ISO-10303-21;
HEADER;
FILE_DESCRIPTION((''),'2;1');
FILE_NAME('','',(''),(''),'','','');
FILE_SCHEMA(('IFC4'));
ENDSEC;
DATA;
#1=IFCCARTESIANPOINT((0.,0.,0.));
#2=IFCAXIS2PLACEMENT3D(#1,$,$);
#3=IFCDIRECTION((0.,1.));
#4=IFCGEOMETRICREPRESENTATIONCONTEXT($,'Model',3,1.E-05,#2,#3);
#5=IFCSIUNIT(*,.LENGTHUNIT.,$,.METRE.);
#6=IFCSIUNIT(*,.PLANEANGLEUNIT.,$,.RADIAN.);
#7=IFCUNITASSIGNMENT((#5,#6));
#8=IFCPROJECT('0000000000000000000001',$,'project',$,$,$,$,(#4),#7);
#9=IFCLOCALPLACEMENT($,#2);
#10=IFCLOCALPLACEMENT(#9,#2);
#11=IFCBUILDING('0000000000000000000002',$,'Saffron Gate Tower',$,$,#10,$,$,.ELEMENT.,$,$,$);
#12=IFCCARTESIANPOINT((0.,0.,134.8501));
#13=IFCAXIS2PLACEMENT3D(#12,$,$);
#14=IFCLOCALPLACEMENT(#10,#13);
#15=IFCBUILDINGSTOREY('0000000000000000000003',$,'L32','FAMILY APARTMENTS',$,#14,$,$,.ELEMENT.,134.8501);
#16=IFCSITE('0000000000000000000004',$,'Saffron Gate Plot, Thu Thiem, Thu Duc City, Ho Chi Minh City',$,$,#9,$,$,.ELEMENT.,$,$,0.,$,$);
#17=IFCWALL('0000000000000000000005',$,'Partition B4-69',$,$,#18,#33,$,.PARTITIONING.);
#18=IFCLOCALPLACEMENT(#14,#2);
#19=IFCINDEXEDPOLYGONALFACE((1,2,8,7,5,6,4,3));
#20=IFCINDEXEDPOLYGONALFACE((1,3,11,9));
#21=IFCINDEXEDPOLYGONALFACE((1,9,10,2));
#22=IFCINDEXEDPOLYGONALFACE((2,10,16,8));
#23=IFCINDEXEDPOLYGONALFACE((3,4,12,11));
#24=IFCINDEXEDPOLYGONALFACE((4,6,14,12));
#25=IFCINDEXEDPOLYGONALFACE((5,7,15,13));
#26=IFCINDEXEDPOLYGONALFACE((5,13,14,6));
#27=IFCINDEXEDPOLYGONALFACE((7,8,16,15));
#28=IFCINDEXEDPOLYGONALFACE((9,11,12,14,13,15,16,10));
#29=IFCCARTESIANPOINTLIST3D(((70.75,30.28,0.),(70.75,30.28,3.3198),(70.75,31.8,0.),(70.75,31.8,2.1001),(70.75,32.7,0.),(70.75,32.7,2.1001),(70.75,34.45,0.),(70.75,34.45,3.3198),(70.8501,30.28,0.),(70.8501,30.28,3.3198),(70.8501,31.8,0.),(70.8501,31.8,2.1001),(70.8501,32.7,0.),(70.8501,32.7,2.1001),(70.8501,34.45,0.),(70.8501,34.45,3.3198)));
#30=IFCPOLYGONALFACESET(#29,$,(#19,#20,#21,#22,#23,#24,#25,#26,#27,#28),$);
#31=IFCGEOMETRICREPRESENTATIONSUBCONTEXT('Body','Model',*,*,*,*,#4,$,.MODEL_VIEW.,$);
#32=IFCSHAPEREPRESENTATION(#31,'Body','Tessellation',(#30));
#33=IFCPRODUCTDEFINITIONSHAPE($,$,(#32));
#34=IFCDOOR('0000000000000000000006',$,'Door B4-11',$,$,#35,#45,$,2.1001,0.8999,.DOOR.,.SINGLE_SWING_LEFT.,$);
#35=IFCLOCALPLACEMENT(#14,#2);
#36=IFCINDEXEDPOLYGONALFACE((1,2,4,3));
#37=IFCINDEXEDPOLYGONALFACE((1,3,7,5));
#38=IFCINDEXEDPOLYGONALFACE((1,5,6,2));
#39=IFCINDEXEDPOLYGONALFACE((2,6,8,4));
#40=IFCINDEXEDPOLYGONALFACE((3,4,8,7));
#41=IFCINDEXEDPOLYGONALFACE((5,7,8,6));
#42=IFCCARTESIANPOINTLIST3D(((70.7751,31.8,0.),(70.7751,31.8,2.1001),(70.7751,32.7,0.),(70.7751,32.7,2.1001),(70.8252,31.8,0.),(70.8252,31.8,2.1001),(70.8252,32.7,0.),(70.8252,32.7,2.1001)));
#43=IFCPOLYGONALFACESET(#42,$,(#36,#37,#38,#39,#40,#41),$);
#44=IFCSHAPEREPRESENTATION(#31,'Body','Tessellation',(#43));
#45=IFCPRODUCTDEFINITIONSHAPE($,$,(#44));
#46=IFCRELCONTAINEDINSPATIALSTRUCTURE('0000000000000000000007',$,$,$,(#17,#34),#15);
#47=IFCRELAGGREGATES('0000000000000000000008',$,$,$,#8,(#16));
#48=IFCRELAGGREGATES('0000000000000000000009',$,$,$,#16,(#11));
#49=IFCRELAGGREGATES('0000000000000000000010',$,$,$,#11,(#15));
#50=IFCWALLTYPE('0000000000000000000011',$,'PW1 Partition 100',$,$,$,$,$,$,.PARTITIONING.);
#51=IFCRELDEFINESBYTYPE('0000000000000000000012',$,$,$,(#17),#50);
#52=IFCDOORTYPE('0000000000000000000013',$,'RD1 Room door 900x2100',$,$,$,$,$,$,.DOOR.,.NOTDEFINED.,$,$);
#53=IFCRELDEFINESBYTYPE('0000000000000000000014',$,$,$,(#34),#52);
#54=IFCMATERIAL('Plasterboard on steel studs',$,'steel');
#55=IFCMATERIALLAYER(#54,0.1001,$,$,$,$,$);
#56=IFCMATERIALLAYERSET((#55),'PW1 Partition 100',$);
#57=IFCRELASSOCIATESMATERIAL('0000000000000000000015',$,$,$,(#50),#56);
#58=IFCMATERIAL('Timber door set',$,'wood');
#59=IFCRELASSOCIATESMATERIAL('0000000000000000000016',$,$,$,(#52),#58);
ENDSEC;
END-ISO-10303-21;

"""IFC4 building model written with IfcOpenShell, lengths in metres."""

from ifc_helpers import new_model, si_unit, direction, frame, frame_2d, origin, place, context, subcontext, project, spatial, rectangle, extrude, material, layer, layer_set, type_object, element, fill, save


model = new_model("IFC4")

# Units and contexts
model_context = context("Model", 3, precision=1e-05, world=origin(), true_north=direction((0.0, 1.0)))
body_context = subcontext(model_context, "Body", "Model", "MODEL_VIEW")
ifc_project = project(units=[si_unit("LENGTHUNIT", "METRE"), si_unit("PLANEANGLEUNIT", "RADIAN")], contexts=[model_context])

# Site, building, storey
site_placement = place(None, origin())
site = spatial("IfcSite", under=ifc_project, at=site_placement, Name="Saffron Gate Plot, Thu Thiem, Thu Duc City, Ho Chi Minh City", CompositionType="ELEMENT", RefElevation=0.0)
building_placement = place(site_placement, origin())
building = spatial("IfcBuilding", under=site, at=building_placement, Name="Saffron Gate Tower", CompositionType="ELEMENT")
storey_placement = place(building_placement, frame((0.0, 0.0, 134.8501)))
storey = spatial("IfcBuildingStorey", under=building, at=storey_placement, Name="L32", Description="FAMILY APARTMENTS", CompositionType="ELEMENT", Elevation=134.8501)

# Shared definitions
ifc_material_1 = material(Name="Plasterboard on steel studs", Category="steel")
ifc_layer = layer(ifc_material_1, 0.1001)
ifc_layer_set = layer_set([ifc_layer], Name="PW1 Partition 100")
wall_type = type_object("IfcWallType", Name="PW1 Partition 100", PredefinedType="PARTITIONING", material=ifc_layer_set)
ifc_material_2 = material(Name="Timber door set", Category="wood")
door_type_1 = type_object("IfcDoorType", Name="RD1 Room door 900x2100", OperationType="NOTDEFINED", PredefinedType="DOOR", material=ifc_material_2)

# Wall, opening, door
wall_1_placement = place(storey_placement, frame((70.8, 30.28, 0.0), z_axis=(0.0, 0.0, 1.0), x_axis=(0.0, 1.0, 0.0)))
wall_1 = element("IfcWall", 1, at=wall_1_placement, inside=storey, type_object=wall_type, Name="Partition B4-69", PredefinedType="PARTITIONING", context=body_context, shape_type="SweptSolid", body=[
    extrude(rectangle(XDim=4.1699, YDim=0.1001, at=frame_2d((2.085, 0.0))), origin(), (0.0, 0.0, 1.0), 3.3198),
])
opening_1_placement = place(wall_1_placement, frame((1.52, 0.0, 0.0)))
opening_1 = element("IfcOpeningElement", 2, at=opening_1_placement, cuts=wall_1, PredefinedType="OPENING", context=body_context, shape_type="SweptSolid", body=[
    extrude(rectangle(XDim=0.8999, YDim=2.1001, at=frame_2d((0.45, 1.05))), frame((0.0, 0.0601, 0.0), z_axis=(0.0, -1.0, 0.0), x_axis=(1.0, 0.0, 0.0)), (0.0, 0.0, 1.0), 0.1201),
])
door_1_placement = place(opening_1_placement, origin())
door_1 = element("IfcDoor", 3, at=door_1_placement, inside=storey, type_object=door_type_1, Name="Door B4-11", OperationType="SINGLE_SWING_LEFT", OverallHeight=2.1001, OverallWidth=0.8999, PredefinedType="DOOR", context=body_context, shape_type="SweptSolid", body=[
    extrude(rectangle(XDim=0.8999, YDim=2.1001, at=frame_2d((0.45, 1.05))), frame((0.0, 0.0249, 0.0), z_axis=(0.0, -1.0, 0.0), x_axis=(1.0, 0.0, 0.0)), (0.0, 0.0, 1.0), 0.05),
])
fill(opening_1, door_1)

save(model, "model.ifc")
